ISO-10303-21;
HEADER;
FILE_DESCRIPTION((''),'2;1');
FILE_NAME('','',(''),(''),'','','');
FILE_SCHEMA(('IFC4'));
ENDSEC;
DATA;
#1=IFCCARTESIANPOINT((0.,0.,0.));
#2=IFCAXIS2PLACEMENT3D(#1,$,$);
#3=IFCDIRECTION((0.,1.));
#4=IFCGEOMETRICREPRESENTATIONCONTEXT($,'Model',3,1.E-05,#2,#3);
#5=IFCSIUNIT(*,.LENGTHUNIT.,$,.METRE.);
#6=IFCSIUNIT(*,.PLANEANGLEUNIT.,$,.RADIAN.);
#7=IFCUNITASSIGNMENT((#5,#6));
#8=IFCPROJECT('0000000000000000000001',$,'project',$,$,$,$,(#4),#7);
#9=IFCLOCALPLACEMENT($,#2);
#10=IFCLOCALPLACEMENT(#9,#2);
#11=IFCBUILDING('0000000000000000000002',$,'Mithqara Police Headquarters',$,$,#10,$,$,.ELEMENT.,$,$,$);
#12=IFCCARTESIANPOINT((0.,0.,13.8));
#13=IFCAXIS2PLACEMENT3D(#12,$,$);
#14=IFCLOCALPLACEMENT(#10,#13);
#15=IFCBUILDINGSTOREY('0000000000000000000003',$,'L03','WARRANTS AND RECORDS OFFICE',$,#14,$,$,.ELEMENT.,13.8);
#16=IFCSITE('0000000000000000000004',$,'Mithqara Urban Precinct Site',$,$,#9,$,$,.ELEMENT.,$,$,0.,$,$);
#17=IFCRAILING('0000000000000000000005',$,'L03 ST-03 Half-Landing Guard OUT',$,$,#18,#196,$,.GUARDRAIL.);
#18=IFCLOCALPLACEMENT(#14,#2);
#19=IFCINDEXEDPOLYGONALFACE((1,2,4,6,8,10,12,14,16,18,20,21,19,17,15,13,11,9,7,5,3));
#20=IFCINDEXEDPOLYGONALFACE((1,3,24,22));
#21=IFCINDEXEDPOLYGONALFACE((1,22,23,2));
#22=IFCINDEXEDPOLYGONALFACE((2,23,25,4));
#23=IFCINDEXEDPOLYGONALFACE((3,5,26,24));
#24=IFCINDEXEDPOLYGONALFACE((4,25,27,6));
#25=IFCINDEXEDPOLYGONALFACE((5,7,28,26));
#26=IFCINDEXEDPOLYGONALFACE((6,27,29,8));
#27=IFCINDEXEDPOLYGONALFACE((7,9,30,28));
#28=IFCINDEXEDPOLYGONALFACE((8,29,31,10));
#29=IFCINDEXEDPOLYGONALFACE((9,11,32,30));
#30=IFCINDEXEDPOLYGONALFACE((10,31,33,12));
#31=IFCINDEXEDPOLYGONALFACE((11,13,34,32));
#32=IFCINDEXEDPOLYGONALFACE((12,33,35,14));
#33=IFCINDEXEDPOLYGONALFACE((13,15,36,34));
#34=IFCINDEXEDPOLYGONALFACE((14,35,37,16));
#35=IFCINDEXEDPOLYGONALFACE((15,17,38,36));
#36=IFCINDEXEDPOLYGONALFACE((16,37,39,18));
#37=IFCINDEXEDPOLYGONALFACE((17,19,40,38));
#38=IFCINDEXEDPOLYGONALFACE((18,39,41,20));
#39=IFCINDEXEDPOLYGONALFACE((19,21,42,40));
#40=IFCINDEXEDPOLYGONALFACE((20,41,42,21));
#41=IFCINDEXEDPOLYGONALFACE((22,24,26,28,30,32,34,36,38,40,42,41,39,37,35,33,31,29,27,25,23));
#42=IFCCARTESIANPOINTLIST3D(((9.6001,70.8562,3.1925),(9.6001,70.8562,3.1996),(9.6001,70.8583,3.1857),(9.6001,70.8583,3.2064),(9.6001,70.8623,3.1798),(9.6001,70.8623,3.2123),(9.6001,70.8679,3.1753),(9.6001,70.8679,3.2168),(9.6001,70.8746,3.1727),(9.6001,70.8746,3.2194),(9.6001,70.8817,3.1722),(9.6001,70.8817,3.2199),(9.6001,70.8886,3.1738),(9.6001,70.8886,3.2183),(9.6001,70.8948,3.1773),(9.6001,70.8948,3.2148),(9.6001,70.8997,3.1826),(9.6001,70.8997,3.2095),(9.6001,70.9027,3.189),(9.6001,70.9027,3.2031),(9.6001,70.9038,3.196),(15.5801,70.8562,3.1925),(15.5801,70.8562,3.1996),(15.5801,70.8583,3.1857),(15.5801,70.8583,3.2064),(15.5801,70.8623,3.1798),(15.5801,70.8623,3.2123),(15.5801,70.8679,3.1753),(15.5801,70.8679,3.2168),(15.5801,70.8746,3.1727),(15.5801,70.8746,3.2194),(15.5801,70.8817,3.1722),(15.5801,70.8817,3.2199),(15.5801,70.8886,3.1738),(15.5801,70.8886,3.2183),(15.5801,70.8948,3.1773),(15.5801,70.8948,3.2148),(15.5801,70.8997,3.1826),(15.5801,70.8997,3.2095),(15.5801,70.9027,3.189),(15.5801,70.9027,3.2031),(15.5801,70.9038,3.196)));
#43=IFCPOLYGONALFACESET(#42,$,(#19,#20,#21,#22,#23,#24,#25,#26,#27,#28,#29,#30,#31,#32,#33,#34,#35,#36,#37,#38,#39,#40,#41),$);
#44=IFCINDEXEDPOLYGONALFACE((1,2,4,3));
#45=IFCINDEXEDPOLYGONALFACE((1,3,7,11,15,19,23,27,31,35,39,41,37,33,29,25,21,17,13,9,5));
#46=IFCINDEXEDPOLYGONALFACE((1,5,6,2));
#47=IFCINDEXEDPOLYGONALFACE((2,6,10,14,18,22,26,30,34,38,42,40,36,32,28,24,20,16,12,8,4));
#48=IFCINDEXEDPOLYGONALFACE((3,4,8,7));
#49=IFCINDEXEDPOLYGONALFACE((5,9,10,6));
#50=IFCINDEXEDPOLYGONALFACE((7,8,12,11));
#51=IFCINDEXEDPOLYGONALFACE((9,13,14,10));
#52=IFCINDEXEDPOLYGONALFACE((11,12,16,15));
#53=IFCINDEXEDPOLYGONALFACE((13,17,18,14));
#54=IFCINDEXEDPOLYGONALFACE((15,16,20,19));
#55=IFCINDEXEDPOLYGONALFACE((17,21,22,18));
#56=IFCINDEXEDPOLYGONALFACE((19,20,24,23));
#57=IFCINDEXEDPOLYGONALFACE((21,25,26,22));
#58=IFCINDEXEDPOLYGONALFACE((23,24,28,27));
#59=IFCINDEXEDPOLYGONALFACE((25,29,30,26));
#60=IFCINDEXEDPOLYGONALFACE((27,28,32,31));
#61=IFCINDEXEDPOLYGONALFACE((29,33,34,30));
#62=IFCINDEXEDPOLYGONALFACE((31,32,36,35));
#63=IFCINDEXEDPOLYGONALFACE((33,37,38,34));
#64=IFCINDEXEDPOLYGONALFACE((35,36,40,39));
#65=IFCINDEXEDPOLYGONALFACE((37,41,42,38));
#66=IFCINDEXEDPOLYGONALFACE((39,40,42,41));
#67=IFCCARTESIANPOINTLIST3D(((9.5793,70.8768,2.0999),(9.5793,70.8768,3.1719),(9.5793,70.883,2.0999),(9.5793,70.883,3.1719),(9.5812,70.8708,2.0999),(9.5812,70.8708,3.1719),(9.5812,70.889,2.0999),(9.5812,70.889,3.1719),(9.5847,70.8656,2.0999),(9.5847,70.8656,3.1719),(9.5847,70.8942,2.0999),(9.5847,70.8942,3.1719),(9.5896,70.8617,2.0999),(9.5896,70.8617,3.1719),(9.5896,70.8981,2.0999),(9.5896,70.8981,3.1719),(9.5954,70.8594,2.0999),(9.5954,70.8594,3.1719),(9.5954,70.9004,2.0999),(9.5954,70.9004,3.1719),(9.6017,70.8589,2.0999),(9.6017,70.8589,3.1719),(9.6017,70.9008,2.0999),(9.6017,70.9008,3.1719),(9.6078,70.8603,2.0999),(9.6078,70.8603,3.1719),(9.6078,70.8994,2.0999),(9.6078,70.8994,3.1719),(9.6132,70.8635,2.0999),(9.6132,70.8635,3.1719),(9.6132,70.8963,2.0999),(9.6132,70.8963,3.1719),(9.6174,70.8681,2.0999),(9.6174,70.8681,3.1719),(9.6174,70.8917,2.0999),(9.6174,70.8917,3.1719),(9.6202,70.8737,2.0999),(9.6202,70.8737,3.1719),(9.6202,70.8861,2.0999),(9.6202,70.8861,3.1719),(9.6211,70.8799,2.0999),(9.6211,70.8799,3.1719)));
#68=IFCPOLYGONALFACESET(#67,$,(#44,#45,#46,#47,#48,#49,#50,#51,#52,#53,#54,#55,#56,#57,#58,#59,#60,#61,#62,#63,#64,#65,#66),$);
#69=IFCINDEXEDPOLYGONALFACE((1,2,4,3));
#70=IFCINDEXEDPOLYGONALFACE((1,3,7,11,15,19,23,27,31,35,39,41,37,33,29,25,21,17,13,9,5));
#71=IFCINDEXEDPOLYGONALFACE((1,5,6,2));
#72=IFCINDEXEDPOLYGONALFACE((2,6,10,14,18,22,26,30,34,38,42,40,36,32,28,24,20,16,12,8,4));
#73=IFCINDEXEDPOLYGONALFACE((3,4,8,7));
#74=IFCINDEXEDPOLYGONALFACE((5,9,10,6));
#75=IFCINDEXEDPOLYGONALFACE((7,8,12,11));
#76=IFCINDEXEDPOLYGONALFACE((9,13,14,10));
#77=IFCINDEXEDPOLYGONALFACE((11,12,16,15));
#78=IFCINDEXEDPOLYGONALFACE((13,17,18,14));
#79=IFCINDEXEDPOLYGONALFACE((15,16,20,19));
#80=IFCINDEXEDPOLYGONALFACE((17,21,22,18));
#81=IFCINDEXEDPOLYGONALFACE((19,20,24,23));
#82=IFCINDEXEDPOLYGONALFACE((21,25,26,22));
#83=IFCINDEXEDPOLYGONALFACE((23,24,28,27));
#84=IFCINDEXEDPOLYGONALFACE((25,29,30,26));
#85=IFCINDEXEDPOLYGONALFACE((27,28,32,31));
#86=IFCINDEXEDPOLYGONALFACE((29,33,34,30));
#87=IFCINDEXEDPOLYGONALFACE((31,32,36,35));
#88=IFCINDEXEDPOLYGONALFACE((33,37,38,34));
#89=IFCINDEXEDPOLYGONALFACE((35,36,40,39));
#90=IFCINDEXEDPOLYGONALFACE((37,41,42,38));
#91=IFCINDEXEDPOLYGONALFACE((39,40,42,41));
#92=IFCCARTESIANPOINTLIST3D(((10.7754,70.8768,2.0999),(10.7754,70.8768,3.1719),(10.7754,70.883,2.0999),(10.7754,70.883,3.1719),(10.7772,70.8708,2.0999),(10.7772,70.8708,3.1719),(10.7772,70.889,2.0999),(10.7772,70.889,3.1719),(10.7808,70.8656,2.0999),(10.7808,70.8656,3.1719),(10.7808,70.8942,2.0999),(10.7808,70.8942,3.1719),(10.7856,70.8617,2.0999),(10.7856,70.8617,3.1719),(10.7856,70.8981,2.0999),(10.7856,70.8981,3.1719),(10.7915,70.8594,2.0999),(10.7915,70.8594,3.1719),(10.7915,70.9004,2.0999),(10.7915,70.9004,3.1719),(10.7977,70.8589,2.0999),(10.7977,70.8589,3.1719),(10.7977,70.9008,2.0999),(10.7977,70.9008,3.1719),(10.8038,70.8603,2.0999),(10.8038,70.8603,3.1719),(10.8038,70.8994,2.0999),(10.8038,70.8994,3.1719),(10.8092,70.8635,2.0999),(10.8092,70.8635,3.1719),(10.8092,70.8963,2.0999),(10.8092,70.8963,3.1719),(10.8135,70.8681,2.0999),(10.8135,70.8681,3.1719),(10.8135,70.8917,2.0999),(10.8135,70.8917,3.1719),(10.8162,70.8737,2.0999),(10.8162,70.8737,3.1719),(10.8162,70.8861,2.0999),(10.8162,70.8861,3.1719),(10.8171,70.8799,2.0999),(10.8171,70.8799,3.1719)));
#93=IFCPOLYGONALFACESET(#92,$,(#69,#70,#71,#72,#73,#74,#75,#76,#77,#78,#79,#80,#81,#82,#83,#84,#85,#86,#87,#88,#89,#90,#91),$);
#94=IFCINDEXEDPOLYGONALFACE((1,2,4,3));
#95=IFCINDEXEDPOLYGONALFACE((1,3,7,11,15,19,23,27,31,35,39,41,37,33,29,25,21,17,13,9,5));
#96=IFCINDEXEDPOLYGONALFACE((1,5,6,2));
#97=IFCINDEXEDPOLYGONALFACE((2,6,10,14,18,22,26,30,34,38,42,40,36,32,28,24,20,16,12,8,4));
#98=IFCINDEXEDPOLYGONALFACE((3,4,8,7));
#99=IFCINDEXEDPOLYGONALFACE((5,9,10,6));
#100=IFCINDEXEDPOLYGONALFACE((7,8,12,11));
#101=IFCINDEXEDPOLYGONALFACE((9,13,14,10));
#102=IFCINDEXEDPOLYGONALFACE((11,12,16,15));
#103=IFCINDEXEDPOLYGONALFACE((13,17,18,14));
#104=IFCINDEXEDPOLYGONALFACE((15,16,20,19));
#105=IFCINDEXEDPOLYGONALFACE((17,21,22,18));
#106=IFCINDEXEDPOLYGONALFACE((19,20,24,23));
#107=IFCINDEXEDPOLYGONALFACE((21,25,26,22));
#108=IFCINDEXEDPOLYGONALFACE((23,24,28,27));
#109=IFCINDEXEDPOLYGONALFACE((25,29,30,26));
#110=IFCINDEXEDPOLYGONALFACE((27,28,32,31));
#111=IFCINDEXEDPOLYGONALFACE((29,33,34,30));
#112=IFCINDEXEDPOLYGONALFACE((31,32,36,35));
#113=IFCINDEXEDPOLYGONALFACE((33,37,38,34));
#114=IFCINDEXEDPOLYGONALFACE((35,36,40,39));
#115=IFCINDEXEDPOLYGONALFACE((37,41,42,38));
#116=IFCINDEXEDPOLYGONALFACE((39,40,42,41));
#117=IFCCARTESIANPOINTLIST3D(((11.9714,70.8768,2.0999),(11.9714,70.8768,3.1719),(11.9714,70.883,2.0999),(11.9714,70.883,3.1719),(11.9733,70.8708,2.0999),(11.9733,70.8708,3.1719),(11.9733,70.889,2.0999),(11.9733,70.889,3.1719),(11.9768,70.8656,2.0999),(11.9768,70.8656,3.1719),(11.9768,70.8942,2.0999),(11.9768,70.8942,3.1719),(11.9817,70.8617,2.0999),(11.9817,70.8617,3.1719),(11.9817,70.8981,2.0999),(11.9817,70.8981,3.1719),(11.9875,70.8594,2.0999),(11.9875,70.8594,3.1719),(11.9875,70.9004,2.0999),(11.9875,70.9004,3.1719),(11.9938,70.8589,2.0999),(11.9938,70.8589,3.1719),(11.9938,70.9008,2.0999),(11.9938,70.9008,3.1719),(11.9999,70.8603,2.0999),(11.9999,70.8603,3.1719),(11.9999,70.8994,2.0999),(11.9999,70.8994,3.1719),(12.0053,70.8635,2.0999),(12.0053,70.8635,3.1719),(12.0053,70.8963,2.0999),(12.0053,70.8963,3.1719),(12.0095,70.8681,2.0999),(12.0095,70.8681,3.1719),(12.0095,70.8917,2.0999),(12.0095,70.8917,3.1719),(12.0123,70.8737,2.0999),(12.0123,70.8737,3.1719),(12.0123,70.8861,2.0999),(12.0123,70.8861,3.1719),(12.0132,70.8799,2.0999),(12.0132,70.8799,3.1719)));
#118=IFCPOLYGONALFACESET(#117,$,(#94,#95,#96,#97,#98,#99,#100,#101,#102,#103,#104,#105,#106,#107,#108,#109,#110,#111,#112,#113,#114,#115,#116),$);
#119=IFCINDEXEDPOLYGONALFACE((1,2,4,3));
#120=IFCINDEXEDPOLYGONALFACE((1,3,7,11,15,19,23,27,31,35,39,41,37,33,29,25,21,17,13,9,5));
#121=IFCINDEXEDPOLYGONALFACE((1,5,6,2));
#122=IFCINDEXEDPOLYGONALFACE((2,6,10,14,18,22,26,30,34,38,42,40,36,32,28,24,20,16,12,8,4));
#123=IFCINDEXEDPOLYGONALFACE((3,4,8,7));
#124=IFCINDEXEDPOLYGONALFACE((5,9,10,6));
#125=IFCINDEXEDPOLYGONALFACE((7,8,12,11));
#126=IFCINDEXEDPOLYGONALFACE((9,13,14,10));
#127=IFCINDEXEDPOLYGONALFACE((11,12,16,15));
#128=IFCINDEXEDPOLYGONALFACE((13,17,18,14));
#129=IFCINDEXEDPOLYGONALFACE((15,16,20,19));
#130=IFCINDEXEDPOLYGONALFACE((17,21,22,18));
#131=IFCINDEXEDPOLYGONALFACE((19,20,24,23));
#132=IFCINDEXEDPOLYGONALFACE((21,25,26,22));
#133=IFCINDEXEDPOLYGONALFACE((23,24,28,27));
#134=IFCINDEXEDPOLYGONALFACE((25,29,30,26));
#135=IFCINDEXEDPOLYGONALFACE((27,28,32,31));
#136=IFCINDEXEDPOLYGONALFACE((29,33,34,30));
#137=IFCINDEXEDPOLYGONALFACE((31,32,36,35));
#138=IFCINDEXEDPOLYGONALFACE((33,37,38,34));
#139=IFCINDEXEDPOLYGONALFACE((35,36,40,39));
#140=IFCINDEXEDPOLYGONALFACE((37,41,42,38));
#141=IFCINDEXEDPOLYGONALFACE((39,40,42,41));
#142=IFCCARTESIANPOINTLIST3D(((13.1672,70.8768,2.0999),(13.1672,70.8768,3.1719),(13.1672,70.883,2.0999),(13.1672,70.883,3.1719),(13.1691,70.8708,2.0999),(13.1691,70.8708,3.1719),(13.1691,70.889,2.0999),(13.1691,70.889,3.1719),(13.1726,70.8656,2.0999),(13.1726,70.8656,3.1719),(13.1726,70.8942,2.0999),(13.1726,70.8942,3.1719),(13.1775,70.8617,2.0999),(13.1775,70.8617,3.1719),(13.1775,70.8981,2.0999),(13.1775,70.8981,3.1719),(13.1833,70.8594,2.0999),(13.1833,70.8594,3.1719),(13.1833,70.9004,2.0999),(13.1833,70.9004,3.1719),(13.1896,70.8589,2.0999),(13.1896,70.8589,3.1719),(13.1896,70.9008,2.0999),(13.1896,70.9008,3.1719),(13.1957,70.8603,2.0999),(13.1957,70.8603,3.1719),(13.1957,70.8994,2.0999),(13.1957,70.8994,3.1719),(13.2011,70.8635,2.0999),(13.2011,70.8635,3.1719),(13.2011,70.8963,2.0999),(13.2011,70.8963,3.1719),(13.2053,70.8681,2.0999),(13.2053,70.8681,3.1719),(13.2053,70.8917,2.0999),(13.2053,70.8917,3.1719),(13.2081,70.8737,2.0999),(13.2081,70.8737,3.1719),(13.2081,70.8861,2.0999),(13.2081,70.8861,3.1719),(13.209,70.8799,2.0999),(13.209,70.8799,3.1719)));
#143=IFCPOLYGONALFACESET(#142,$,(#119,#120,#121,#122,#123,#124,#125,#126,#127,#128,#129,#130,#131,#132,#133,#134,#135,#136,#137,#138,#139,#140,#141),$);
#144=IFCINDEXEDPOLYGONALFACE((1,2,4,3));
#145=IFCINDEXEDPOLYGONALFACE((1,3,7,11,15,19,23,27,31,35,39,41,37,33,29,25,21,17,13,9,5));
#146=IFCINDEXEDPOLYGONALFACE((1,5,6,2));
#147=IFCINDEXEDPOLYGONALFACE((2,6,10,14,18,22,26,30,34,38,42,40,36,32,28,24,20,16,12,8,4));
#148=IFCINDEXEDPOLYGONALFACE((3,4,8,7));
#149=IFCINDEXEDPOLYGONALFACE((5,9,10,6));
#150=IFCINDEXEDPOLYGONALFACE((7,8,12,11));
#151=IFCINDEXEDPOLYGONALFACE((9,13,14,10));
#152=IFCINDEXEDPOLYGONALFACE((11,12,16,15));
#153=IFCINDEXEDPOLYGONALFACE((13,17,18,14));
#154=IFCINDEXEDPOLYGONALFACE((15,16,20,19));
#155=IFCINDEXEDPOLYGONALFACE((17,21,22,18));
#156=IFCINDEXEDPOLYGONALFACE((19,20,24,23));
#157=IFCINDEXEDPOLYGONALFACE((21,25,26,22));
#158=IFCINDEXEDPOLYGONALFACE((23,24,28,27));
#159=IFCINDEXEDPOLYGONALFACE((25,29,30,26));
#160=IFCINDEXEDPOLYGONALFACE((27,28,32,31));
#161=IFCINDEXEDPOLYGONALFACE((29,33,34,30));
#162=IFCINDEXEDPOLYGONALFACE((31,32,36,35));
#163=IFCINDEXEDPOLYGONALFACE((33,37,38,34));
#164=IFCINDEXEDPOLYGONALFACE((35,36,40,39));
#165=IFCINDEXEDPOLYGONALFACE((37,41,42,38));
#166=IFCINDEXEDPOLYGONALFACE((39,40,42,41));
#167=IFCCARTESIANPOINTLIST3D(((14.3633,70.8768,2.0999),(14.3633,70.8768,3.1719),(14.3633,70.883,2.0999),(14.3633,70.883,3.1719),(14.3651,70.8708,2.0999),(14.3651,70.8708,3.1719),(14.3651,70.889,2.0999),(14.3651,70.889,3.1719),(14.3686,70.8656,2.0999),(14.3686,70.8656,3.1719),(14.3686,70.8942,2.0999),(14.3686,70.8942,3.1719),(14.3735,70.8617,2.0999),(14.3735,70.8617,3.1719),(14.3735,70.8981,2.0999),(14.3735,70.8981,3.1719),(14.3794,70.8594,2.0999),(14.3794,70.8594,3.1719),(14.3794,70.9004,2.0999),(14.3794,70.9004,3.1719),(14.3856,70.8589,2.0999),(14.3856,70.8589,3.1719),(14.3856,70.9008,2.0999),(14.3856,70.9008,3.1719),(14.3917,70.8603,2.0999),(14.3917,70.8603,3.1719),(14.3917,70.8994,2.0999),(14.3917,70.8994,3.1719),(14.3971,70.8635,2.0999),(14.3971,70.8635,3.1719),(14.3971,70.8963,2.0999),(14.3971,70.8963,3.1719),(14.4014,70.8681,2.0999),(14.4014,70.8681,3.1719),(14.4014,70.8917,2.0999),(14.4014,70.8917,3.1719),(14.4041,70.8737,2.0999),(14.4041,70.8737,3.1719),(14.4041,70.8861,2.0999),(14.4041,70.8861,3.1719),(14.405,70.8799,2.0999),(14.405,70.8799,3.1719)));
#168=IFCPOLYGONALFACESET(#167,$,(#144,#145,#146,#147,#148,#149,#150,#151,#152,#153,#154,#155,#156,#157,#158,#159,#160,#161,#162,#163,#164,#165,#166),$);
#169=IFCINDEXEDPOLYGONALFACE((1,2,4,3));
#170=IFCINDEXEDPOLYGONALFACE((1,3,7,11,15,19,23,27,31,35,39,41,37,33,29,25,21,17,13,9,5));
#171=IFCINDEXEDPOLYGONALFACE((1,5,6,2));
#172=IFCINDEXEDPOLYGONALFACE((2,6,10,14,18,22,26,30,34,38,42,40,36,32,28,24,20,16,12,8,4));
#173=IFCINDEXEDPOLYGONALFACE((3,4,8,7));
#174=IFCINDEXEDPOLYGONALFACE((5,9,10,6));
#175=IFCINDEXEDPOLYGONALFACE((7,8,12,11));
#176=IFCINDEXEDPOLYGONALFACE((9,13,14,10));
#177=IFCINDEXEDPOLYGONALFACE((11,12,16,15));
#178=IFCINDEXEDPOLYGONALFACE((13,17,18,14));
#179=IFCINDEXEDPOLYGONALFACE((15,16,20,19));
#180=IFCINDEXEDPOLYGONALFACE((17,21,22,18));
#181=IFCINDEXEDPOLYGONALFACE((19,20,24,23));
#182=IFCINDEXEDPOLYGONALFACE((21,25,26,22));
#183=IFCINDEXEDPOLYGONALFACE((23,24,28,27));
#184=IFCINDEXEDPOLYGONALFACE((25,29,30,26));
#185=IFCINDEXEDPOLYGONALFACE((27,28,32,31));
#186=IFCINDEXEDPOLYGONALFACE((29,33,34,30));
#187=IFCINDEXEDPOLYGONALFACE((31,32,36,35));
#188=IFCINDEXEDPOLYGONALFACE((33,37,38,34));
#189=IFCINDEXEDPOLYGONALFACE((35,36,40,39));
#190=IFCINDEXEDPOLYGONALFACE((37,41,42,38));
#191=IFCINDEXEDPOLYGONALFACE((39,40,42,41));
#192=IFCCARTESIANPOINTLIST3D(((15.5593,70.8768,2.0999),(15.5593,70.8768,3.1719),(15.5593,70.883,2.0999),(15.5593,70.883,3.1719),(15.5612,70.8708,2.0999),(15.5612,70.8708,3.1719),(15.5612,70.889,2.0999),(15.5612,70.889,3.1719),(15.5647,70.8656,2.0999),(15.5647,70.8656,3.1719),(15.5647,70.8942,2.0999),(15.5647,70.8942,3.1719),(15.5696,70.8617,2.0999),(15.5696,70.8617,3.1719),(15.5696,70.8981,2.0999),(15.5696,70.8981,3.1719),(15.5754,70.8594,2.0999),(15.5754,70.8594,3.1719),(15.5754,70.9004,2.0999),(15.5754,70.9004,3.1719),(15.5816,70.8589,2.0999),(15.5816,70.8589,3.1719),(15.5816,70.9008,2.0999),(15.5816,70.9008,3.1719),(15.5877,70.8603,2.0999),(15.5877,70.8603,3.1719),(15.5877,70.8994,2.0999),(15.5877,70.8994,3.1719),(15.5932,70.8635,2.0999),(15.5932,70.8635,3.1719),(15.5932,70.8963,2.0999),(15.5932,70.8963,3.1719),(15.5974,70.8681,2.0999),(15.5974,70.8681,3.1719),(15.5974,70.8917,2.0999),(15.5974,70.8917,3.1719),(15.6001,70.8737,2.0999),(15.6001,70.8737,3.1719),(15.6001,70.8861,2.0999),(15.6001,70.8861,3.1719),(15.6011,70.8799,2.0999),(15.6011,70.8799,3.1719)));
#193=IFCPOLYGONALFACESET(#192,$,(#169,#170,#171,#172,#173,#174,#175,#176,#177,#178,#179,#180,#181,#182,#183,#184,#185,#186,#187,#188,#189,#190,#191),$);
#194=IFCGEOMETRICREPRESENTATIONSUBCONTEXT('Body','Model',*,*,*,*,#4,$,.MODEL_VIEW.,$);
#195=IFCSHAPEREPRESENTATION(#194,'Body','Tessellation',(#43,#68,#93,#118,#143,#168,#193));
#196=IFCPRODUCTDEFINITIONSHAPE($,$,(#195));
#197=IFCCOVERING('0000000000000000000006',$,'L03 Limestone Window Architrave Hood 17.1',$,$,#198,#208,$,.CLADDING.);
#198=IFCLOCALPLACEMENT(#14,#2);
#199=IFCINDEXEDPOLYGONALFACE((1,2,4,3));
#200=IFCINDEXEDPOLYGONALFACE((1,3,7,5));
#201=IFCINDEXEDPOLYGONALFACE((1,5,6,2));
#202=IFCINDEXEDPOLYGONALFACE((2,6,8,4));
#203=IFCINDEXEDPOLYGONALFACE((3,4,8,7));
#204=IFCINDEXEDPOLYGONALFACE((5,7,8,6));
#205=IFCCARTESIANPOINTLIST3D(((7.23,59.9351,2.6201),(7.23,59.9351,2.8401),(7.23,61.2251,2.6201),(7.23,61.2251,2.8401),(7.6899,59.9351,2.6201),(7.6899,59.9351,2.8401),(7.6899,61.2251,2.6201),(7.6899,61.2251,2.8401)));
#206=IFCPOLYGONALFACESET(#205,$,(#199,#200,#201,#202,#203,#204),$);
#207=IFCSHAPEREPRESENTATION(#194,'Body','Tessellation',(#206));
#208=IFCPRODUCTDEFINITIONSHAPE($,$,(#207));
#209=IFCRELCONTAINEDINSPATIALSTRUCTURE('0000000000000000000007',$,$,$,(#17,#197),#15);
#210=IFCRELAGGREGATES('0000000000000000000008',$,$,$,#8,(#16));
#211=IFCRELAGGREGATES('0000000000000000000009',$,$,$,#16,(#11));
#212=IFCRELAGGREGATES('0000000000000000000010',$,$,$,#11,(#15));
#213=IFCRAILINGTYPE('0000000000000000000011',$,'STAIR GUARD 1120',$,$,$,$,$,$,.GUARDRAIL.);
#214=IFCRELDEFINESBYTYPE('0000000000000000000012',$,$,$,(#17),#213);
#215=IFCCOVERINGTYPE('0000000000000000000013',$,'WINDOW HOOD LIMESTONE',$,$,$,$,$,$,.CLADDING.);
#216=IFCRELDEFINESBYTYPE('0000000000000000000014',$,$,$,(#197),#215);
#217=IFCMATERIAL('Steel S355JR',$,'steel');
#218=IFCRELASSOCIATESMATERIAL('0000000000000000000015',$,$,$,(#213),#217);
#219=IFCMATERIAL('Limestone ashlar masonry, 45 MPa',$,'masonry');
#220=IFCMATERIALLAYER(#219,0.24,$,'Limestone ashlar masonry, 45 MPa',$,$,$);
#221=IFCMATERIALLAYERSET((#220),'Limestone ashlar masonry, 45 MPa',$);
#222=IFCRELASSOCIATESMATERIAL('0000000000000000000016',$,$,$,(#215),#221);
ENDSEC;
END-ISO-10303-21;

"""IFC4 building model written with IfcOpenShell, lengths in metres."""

from ifc_helpers import new_model, si_unit, direction, frame, origin, origin_2d, place, context, subcontext, project, spatial, rectangle, circle, extrude, material, layer, layer_set, type_object, element, save


model = new_model("IFC4")

# Units and contexts
model_context = context("Model", 3, precision=1e-05, world=origin(), true_north=direction((0.0, 1.0)))
body_context = subcontext(model_context, "Body", "Model", "MODEL_VIEW")
ifc_project = project(units=[si_unit("LENGTHUNIT", "METRE"), si_unit("PLANEANGLEUNIT", "RADIAN")], contexts=[model_context])

# Site, building, storey
site_placement = place(None, origin())
site = spatial("IfcSite", under=ifc_project, at=site_placement, Name="Mithqara Urban Precinct Site", CompositionType="ELEMENT", RefElevation=0.0)
building_placement = place(site_placement, origin())
building = spatial("IfcBuilding", under=site, at=building_placement, Name="Mithqara Police Headquarters", CompositionType="ELEMENT")
storey_placement = place(building_placement, frame((0.0, 0.0, 13.8)))
storey = spatial("IfcBuildingStorey", under=building, at=storey_placement, Name="L03", Description="WARRANTS AND RECORDS OFFICE", CompositionType="ELEMENT", Elevation=13.8)

# Shared definitions
ifc_material_1 = material(Name="Steel S355JR", Category="steel")

# Shared definitions
ifc_material_2 = material(Name="Limestone ashlar masonry, 45 MPa", Category="masonry")

# Railing
railing_type_1 = type_object("IfcRailingType", Name="STAIR GUARD 1120", PredefinedType="GUARDRAIL", material=ifc_material_1)
for number, where, name in (
    (1, (9.6001, 70.8799, 2.0999), "L03 ST-03 Half-Landing Guard OUT"),
):
    element("IfcRailing", number, at=place(storey_placement, frame(where)), inside=storey, type_object=railing_type_1, Name=name, PredefinedType="GUARDRAIL", context=body_context, shape_type="SweptSolid", body=[
        extrude(circle(Radius=0.0239, at=origin_2d()), frame((0.0, 0.0, 1.0962), z_axis=(1.0, 0.0, 0.0), x_axis=(0.0, 1.0, 0.0)), (0.0, 0.0, 1.0), 5.98),
        extrude(circle(Radius=0.021, at=origin_2d()), origin(), (0.0, 0.0, 1.0), 1.072),
        extrude(circle(Radius=0.021, at=origin_2d()), frame((1.196, 0.0, 0.0)), (0.0, 0.0, 1.0), 1.072),
        extrude(circle(Radius=0.021, at=origin_2d()), frame((2.3921, 0.0, 0.0)), (0.0, 0.0, 1.0), 1.072),
        extrude(circle(Radius=0.021, at=origin_2d()), frame((3.5879, 0.0, 0.0)), (0.0, 0.0, 1.0), 1.072),
        extrude(circle(Radius=0.021, at=origin_2d()), frame((4.7839, 0.0, 0.0)), (0.0, 0.0, 1.0), 1.072),
        extrude(circle(Radius=0.021, at=origin_2d()), frame((5.98, 0.0, 0.0)), (0.0, 0.0, 1.0), 1.072),
    ])

# Covering
ifc_layer_1 = layer(ifc_material_2, 0.24, Name="Limestone ashlar masonry, 45 MPa")
ifc_layer_set_1 = layer_set([ifc_layer_1], Name="Limestone ashlar masonry, 45 MPa")
covering_type_1 = type_object("IfcCoveringType", Name="WINDOW HOOD LIMESTONE", PredefinedType="CLADDING", material=ifc_layer_set_1)
covering_1_placement = place(storey_placement, frame((7.46, 60.5801, 2.6201), z_axis=(0.0, 0.0, 1.0), x_axis=(0.0, 1.0, 0.0)))
element("IfcCovering", 2, at=covering_1_placement, inside=storey, type_object=covering_type_1, Name="L03 Limestone Window Architrave Hood 17.1", PredefinedType="CLADDING", context=body_context, shape_type="SweptSolid", body=[
    extrude(rectangle(XDim=1.29, YDim=0.46, at=origin_2d()), origin(), (0.0, 0.0, 1.0), 0.22),
])

save(model, "model.ifc")
